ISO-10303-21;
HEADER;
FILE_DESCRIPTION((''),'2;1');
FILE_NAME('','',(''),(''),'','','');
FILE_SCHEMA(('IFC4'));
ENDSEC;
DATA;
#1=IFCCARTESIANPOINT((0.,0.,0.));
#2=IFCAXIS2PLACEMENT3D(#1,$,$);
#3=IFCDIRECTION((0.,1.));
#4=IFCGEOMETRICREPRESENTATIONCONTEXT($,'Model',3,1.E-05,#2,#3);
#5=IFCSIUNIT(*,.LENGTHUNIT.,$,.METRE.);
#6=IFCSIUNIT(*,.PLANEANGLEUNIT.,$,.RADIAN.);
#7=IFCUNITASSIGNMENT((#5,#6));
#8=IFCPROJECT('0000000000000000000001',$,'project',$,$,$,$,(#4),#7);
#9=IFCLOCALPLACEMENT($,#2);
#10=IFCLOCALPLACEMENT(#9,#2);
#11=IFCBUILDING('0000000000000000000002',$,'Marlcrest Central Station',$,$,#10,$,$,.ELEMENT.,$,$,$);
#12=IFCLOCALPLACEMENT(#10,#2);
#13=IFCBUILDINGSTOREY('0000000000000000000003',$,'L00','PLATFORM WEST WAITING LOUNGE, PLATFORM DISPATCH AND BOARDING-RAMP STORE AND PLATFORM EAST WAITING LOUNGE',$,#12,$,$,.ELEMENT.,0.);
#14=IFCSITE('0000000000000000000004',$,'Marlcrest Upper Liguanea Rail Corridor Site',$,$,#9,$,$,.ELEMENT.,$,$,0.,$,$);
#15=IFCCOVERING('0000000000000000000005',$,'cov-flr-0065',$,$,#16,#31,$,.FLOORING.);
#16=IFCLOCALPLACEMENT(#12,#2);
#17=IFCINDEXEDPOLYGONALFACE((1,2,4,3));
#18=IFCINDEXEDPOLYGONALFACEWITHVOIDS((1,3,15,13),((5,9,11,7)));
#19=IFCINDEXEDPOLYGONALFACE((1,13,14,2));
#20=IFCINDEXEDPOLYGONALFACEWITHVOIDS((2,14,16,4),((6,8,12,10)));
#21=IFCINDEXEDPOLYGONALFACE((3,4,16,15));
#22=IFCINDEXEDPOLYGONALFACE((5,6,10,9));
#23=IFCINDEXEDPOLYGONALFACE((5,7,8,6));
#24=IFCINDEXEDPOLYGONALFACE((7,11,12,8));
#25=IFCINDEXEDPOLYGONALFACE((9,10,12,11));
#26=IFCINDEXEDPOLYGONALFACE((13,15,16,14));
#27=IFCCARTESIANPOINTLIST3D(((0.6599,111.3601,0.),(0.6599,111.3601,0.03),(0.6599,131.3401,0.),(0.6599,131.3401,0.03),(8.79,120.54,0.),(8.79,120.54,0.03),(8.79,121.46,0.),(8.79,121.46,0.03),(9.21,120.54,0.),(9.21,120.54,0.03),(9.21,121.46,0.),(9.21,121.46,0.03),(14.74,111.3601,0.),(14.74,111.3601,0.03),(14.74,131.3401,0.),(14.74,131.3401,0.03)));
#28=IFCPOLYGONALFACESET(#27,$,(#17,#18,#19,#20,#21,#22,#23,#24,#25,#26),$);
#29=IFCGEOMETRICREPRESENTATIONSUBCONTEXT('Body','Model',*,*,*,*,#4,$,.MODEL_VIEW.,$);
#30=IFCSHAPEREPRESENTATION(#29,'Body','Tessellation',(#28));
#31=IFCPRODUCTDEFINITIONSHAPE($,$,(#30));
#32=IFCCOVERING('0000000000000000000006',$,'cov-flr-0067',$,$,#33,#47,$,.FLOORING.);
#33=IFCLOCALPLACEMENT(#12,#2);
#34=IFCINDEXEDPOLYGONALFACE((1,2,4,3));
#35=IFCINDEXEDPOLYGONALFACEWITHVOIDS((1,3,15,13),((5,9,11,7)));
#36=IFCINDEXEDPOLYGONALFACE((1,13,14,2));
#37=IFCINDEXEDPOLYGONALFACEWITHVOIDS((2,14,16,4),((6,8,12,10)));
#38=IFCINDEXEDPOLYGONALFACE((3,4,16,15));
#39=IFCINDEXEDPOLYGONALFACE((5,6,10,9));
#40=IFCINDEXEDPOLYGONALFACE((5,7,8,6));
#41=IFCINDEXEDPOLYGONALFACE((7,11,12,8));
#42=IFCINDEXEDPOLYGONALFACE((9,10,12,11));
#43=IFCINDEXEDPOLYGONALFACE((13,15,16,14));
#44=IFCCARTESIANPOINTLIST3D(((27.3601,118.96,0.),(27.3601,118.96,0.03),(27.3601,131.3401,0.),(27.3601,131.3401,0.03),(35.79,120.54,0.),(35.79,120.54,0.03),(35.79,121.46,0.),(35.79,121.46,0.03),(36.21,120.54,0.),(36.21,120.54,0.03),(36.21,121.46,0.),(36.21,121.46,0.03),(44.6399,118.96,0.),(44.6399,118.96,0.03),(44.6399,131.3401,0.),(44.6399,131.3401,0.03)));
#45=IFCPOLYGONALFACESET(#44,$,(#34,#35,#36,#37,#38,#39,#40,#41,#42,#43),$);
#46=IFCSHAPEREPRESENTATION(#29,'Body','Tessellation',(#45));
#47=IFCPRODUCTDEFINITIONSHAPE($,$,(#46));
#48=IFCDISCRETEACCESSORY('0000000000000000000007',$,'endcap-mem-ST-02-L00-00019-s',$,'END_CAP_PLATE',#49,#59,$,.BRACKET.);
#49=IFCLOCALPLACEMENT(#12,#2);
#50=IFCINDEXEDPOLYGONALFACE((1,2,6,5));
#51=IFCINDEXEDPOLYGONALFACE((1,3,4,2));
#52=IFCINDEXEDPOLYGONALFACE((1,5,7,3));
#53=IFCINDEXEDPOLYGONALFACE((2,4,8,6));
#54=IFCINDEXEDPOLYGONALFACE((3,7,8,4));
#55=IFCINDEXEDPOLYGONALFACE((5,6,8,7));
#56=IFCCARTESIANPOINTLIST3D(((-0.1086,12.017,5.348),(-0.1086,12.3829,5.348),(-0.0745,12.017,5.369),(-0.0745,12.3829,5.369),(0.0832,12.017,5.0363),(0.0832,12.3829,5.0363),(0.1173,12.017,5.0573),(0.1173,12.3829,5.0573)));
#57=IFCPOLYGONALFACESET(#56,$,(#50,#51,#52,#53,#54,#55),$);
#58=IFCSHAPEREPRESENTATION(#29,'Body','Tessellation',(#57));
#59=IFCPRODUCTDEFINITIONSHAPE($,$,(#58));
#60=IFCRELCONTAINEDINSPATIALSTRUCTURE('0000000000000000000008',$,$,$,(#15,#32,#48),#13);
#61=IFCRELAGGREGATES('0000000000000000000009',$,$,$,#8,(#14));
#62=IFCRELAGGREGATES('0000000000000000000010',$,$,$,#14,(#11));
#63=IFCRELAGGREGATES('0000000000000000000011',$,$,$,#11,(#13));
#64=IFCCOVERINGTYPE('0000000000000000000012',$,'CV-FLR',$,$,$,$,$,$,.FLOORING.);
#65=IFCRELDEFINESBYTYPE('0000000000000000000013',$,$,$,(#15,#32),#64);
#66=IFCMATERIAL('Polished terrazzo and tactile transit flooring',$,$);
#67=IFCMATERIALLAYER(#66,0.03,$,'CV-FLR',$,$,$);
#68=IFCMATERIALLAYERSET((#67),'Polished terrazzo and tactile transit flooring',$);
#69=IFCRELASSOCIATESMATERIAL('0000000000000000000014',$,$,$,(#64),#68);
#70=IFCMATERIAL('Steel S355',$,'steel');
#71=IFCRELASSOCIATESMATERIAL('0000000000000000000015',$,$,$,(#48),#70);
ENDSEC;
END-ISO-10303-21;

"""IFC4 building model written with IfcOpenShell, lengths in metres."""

from ifc_helpers import new_model, si_unit, direction, frame, origin, origin_2d, place, context, subcontext, project, spatial, polyline, rectangle, outline, extrude, material, layer, layer_set, type_object, element, save


model = new_model("IFC4")

# Units and contexts
model_context = context("Model", 3, precision=1e-05, world=origin(), true_north=direction((0.0, 1.0)))
body_context = subcontext(model_context, "Body", "Model", "MODEL_VIEW")
ifc_project = project(units=[si_unit("LENGTHUNIT", "METRE"), si_unit("PLANEANGLEUNIT", "RADIAN")], contexts=[model_context])

# Site, building, storey
site_placement = place(None, origin())
site = spatial("IfcSite", under=ifc_project, at=site_placement, Name="Marlcrest Upper Liguanea Rail Corridor Site", CompositionType="ELEMENT", RefElevation=0.0)
building_placement = place(site_placement, origin())
building = spatial("IfcBuilding", under=site, at=building_placement, Name="Marlcrest Central Station", CompositionType="ELEMENT")
storey_placement = place(building_placement, origin())
storey = spatial("IfcBuildingStorey", under=building, at=storey_placement, Name="L00", Description="PLATFORM WEST WAITING LOUNGE, PLATFORM DISPATCH AND BOARDING-RAMP STORE AND PLATFORM EAST WAITING LOUNGE", CompositionType="ELEMENT", Elevation=0.0)

# Coverings
ifc_material_1 = material(Name="Polished terrazzo and tactile transit flooring")
ifc_layer_1 = layer(ifc_material_1, 0.03, Name="CV-FLR")
ifc_layer_set_1 = layer_set([ifc_layer_1], Name="Polished terrazzo and tactile transit flooring")
covering_type_1 = type_object("IfcCoveringType", Name="CV-FLR", PredefinedType="FLOORING", material=ifc_layer_set_1)
covering_1_placement = place(storey_placement, origin())
element("IfcCovering", 1, at=covering_1_placement, inside=storey, type_object=covering_type_1, Name="cov-flr-0065", PredefinedType="FLOORING", context=body_context, shape_type="SweptSolid", body=[
    extrude(outline(polyline([(0.6599, 111.3601), (0.6599, 131.3401), (14.74, 131.3401), (14.74, 111.3601), (0.6599, 111.3601)]), holes=[polyline([(9.21, 121.46), (8.79, 121.46), (8.79, 120.54), (9.21, 120.54), (9.21, 121.46)])]), origin(), (0.0, 0.0, 1.0), 0.03),
])
covering_2_placement = place(storey_placement, origin())
element("IfcCovering", 2, at=covering_2_placement, inside=storey, type_object=covering_type_1, Name="cov-flr-0067", PredefinedType="FLOORING", context=body_context, shape_type="SweptSolid", body=[
    extrude(outline(polyline([(27.3601, 118.96), (27.3601, 131.3401), (44.6399, 131.3401), (44.6399, 118.96), (27.3601, 118.96)]), holes=[polyline([(36.21, 121.46), (35.79, 121.46), (35.79, 120.54), (36.21, 120.54), (36.21, 121.46)])]), origin(), (0.0, 0.0, 1.0), 0.03),
])

# Discrete accessory
ifc_material_2 = material(Name="Steel S355", Category="steel")
discrete_accessory_placement = place(storey_placement, frame((-0.0127, 12.2, 5.1921), z_axis=(0.851592, 0.0, 0.524206), x_axis=(0.0, 1.0, 0.0)))
element("IfcDiscreteAccessory", 3, at=discrete_accessory_placement, inside=storey, material=ifc_material_2, Name="endcap-mem-ST-02-L00-00019-s", ObjectType="END_CAP_PLATE", PredefinedType="BRACKET", context=body_context, shape_type="SweptSolid", body=[
    extrude(rectangle(XDim=0.366, YDim=0.366, at=origin_2d()), origin(), (0.0, 0.0, 1.0), 0.04),
])

save(model, "model.ifc")
